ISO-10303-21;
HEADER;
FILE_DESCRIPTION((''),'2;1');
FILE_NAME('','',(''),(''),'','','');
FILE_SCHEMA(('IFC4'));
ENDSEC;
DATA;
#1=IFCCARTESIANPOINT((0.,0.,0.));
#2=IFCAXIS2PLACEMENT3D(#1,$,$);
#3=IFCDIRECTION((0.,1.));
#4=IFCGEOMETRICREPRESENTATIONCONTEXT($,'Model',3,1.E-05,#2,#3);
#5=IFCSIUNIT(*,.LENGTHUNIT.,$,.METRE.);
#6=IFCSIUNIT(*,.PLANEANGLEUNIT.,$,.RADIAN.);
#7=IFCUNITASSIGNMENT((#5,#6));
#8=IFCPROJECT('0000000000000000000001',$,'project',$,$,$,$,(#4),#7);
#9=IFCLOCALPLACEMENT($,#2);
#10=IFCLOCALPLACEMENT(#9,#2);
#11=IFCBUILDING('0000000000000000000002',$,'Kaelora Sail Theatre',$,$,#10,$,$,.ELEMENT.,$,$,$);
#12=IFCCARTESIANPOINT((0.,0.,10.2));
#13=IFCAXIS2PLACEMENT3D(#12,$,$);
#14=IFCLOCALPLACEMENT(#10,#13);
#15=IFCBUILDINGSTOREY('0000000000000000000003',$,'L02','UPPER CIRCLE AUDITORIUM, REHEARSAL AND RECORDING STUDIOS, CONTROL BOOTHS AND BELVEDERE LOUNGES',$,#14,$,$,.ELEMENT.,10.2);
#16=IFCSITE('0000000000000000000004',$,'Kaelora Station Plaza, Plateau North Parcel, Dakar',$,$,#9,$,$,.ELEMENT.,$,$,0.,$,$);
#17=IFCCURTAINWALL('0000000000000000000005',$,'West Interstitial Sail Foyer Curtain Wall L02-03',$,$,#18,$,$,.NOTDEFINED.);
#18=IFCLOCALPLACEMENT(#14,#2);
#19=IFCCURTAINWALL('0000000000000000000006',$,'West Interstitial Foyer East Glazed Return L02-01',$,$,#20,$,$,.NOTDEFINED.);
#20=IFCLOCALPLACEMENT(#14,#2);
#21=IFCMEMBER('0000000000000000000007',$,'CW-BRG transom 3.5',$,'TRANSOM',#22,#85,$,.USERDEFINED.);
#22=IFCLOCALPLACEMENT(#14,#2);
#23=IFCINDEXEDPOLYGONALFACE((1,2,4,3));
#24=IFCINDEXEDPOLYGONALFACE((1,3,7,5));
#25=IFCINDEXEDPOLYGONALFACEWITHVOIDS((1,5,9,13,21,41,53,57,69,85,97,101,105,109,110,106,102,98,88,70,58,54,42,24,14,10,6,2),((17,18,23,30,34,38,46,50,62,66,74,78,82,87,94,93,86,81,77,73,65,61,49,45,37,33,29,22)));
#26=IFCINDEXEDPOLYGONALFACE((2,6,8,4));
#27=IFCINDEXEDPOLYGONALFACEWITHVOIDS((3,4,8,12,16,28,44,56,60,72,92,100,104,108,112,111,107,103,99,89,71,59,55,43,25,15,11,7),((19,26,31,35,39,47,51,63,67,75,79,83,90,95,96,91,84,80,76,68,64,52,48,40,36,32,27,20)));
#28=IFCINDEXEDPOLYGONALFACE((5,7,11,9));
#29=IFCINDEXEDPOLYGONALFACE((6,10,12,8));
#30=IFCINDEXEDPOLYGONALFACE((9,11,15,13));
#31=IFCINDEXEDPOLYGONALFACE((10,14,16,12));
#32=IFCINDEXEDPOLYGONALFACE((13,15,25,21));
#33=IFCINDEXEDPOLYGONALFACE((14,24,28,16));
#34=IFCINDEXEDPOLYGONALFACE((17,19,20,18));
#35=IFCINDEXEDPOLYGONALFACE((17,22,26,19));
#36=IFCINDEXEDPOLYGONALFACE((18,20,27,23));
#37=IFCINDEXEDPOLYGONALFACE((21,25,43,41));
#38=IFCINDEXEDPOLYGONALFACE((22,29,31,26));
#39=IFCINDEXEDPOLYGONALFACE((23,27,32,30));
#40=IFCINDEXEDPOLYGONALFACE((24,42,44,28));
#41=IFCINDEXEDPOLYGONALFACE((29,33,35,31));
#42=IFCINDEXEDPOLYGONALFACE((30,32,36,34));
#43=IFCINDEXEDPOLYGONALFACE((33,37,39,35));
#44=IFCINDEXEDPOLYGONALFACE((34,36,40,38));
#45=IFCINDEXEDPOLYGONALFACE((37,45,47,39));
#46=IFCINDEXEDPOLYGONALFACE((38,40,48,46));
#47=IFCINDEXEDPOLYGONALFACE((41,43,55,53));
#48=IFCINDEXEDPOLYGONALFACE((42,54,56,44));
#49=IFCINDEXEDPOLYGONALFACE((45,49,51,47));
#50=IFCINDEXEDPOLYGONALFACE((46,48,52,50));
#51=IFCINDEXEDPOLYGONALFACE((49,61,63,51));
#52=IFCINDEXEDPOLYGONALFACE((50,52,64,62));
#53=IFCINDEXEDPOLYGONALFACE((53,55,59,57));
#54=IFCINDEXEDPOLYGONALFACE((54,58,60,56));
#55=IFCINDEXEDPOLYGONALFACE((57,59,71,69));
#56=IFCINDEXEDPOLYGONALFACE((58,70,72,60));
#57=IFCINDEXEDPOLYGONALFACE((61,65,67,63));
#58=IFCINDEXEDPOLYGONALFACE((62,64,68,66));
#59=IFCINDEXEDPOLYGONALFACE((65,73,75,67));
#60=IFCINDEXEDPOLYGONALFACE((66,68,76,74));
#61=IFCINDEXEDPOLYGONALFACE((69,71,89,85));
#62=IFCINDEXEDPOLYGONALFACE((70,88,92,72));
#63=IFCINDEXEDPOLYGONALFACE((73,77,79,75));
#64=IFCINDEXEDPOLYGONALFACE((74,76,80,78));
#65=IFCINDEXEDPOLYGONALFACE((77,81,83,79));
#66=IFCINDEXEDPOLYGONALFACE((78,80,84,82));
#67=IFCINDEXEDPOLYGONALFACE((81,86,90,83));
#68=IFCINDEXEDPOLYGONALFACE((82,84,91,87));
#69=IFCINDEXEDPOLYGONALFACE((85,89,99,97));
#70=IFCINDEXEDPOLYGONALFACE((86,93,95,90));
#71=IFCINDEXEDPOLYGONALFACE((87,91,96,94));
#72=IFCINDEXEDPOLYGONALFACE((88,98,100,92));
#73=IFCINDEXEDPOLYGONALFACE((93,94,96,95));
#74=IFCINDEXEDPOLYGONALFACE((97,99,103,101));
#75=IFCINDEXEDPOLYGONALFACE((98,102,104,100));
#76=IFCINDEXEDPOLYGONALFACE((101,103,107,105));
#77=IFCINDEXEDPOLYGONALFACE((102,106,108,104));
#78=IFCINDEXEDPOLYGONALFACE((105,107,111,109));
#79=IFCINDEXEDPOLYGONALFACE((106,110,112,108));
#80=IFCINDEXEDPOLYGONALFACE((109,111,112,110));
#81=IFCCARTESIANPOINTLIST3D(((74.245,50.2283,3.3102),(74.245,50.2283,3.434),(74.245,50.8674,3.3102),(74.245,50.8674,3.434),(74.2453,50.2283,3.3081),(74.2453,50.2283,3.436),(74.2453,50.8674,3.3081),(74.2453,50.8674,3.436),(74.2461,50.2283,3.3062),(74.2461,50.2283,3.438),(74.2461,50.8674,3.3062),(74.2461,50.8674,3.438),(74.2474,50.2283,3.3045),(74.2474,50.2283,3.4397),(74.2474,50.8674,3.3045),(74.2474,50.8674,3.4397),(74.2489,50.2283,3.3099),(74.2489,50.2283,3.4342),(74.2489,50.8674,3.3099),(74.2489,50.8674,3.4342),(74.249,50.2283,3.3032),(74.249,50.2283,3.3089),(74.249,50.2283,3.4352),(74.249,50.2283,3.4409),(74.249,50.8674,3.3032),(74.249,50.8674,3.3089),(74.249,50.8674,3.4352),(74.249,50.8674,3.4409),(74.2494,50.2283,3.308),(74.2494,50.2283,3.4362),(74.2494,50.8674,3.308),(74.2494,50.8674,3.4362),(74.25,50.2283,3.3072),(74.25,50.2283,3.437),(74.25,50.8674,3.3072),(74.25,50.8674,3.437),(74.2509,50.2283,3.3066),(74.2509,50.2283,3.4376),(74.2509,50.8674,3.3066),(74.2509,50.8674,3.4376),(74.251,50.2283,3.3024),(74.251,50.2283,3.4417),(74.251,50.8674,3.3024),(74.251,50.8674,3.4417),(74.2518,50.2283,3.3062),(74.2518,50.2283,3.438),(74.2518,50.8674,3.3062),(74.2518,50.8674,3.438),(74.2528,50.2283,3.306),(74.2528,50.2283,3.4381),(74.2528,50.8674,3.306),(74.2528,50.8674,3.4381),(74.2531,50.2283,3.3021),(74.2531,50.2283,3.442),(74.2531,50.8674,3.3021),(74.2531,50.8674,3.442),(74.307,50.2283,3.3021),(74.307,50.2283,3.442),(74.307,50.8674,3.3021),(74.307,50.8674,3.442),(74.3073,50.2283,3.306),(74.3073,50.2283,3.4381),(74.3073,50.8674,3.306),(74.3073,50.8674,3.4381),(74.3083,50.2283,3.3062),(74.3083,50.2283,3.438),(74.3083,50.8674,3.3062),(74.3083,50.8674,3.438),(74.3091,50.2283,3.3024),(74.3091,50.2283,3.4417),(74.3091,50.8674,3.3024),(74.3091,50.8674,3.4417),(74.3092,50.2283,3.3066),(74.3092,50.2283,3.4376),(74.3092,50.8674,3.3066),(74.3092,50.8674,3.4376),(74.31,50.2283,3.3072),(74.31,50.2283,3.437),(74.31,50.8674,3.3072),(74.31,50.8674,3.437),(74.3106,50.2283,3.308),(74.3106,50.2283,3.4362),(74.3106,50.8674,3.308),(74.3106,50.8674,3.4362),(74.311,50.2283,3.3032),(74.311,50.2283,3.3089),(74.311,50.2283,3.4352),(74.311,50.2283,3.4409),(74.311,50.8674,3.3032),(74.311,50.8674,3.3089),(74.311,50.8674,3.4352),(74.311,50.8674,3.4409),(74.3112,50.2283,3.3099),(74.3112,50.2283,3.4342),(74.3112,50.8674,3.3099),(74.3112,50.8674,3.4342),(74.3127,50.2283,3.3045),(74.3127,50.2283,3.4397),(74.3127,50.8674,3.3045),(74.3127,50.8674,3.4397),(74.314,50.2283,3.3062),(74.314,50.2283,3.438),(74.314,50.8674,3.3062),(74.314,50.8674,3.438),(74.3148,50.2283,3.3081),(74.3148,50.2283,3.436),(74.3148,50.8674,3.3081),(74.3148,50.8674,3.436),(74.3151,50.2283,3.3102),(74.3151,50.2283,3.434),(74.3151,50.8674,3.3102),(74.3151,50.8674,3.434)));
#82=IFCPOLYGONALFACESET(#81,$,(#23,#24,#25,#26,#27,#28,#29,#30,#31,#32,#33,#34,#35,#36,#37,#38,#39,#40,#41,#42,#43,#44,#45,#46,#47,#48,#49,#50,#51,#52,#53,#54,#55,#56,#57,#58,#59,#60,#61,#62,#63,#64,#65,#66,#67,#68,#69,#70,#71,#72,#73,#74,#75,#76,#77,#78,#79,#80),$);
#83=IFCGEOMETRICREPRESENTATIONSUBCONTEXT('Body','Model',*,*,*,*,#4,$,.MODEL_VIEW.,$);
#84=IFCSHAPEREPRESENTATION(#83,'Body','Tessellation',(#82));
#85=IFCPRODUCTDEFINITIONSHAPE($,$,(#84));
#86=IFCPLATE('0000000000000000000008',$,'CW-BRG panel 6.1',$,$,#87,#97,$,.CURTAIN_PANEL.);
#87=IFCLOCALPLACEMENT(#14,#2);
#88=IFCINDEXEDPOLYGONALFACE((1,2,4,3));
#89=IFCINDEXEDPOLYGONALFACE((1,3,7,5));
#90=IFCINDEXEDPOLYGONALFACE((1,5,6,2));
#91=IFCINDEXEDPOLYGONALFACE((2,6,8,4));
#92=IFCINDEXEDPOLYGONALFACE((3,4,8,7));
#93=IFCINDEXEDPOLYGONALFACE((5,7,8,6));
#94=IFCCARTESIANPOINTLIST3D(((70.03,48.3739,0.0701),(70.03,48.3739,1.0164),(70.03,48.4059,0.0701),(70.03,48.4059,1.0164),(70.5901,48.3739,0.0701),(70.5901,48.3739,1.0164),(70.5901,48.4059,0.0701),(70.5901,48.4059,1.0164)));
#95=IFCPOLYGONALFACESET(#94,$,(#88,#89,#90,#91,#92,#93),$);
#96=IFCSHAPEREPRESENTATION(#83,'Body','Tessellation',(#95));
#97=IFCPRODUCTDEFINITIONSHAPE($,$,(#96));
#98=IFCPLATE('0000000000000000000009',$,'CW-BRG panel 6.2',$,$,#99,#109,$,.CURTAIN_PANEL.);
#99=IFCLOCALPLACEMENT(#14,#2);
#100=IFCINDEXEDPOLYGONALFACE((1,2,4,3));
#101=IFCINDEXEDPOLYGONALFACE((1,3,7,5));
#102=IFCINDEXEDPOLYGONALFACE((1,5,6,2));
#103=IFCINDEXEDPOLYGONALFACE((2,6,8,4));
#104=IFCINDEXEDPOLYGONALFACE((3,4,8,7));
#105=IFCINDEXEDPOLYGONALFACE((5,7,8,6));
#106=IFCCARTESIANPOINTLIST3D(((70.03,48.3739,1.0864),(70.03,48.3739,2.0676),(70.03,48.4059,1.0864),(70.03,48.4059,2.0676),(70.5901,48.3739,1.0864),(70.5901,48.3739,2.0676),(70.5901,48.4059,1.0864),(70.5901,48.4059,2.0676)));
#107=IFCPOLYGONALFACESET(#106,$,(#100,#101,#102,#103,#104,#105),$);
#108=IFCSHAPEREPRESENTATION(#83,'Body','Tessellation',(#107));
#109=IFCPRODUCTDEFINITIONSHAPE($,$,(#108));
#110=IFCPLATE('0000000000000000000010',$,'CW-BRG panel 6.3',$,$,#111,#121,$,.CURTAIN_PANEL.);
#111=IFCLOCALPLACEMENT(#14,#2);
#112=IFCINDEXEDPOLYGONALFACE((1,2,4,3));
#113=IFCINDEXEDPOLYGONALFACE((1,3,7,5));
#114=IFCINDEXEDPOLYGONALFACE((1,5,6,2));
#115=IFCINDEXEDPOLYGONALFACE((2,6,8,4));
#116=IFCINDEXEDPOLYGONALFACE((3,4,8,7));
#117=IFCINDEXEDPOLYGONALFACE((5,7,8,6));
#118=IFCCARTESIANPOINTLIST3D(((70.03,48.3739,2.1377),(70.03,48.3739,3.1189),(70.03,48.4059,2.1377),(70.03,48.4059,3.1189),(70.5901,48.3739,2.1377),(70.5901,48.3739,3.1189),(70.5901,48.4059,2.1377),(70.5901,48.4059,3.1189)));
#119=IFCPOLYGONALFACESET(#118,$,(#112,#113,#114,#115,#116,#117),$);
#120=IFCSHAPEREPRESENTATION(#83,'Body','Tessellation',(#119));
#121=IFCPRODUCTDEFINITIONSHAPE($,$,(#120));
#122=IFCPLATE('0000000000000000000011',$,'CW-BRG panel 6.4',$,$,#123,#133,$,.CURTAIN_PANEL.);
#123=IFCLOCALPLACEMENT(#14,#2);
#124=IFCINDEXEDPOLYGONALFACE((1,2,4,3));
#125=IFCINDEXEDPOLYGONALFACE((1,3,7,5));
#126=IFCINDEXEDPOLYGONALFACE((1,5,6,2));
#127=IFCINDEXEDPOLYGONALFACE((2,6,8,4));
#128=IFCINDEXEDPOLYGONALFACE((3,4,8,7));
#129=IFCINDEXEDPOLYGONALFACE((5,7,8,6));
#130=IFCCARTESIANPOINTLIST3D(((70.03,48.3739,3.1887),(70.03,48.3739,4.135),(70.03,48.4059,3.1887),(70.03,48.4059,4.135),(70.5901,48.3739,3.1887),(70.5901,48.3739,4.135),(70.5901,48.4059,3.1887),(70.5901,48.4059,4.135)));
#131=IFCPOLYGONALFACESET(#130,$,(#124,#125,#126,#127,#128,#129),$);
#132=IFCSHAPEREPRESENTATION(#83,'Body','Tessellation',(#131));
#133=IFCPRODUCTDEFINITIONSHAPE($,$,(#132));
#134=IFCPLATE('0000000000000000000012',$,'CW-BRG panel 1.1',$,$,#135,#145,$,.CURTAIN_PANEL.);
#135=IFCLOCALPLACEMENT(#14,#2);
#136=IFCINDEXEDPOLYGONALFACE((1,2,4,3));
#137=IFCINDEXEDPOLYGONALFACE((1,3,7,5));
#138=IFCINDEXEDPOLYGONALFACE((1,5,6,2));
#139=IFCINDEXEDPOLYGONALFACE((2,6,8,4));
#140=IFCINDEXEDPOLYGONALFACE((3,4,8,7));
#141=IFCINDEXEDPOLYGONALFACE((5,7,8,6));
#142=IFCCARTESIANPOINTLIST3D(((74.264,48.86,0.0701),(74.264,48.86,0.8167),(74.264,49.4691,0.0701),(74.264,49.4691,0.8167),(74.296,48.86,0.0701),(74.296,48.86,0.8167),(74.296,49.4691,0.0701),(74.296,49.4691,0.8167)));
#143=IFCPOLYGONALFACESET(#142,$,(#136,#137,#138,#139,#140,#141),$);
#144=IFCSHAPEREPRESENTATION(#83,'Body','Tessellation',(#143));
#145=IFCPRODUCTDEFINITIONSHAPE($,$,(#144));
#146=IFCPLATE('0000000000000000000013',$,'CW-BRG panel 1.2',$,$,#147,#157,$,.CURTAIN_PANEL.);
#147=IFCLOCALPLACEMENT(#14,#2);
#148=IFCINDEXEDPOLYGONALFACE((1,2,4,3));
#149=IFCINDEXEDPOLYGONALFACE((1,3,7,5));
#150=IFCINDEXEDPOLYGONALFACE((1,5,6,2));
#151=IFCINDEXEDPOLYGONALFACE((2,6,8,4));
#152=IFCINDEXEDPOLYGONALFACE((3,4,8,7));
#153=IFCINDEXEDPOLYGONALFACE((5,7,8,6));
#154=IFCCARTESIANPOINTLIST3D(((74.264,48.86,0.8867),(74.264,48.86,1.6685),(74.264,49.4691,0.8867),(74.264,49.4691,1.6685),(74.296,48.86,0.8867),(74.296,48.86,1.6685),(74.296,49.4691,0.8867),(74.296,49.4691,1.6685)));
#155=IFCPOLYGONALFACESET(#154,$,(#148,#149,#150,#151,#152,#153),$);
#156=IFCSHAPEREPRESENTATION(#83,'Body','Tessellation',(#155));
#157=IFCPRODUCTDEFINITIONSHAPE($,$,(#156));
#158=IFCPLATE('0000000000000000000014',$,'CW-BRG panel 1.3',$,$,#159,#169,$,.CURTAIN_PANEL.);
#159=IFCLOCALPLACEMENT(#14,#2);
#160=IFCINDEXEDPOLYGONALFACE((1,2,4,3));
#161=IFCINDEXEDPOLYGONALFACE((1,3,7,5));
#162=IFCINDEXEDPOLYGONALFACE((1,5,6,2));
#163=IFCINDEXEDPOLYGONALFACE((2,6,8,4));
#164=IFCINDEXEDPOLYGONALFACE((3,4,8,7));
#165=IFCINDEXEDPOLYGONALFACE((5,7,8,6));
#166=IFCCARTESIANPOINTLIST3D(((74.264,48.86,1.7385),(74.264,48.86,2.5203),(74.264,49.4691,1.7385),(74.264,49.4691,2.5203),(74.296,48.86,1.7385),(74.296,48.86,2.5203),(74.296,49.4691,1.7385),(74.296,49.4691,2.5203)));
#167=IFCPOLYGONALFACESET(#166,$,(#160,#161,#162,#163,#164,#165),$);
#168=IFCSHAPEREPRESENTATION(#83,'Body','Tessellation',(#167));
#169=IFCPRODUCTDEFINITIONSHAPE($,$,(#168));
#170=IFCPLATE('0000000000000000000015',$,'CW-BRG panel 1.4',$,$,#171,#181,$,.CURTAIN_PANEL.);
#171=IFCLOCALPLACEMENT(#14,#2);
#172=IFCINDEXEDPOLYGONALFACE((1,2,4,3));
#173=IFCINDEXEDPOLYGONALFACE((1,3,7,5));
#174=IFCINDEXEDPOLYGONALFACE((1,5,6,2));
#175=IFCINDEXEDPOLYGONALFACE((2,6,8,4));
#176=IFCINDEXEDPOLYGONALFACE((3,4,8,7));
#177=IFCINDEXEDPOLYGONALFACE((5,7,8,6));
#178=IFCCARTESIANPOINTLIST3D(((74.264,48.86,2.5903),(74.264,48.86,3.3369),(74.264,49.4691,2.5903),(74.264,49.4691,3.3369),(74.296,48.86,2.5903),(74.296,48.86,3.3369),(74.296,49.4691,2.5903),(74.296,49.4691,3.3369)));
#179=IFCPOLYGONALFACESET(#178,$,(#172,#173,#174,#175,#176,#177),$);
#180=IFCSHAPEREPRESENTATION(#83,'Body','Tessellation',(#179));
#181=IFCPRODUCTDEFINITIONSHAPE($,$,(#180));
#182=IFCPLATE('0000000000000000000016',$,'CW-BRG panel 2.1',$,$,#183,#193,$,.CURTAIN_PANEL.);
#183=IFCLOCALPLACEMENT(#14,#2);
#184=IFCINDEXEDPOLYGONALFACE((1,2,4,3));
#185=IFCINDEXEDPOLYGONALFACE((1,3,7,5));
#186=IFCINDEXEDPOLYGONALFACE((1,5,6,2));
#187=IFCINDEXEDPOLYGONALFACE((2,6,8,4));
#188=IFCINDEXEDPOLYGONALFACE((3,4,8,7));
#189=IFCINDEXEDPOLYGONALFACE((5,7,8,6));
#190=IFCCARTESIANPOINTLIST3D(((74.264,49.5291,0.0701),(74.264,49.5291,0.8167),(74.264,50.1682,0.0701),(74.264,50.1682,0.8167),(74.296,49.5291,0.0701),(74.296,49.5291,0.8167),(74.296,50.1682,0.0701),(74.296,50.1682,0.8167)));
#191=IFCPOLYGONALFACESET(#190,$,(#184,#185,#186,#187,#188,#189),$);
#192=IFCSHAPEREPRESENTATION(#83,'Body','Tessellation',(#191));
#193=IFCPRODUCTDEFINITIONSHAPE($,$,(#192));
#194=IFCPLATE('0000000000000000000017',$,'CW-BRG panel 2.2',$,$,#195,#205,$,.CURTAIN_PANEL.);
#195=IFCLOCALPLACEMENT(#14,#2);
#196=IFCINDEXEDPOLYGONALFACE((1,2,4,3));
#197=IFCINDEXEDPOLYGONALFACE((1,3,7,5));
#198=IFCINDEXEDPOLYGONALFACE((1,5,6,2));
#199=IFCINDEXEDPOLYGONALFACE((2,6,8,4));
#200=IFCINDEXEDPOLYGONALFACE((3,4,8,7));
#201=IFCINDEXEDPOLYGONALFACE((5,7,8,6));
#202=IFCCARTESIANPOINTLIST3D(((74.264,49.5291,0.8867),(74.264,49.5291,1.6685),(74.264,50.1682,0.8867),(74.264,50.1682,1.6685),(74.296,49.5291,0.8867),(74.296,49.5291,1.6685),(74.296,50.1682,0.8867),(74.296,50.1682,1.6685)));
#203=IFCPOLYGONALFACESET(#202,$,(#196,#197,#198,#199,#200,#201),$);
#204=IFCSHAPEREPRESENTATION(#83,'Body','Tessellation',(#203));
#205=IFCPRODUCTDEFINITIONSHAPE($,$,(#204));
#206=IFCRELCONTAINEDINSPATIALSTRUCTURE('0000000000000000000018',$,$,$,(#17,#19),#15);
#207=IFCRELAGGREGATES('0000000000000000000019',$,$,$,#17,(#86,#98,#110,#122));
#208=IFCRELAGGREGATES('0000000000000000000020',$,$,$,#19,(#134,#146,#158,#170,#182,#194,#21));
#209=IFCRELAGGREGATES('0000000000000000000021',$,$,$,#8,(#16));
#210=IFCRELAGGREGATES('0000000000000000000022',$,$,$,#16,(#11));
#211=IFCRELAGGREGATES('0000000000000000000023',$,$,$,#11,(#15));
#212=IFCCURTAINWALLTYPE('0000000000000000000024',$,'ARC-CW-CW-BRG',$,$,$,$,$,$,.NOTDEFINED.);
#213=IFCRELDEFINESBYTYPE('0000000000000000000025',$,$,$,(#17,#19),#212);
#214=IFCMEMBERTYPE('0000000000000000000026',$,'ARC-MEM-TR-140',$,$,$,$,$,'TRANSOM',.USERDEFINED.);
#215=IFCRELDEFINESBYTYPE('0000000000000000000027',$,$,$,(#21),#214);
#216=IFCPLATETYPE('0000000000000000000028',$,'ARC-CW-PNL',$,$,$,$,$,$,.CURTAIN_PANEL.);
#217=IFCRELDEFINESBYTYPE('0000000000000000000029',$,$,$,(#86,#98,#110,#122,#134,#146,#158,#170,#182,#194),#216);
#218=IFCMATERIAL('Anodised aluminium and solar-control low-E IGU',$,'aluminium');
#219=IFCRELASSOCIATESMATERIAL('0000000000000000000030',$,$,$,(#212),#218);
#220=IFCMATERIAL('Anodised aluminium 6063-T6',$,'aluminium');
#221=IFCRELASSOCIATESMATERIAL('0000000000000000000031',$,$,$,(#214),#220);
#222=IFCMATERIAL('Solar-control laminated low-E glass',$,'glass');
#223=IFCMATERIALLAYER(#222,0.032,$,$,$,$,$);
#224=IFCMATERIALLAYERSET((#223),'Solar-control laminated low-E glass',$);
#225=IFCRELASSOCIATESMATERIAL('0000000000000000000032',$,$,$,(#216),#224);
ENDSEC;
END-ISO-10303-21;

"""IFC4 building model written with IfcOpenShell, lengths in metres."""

from ifc_helpers import new_model, si_unit, direction, frame, origin, origin_2d, place, context, subcontext, project, spatial, rectangle, hollow_rectangle, extrude, material, layer, layer_set, material_profile, profile_set, type_object, element, aggregate, save


model = new_model("IFC4")

# Units and contexts
model_context = context("Model", 3, precision=1e-05, world=origin(), true_north=direction((0.0, 1.0)))
body_context = subcontext(model_context, "Body", "Model", "MODEL_VIEW")
ifc_project = project(units=[si_unit("LENGTHUNIT", "METRE"), si_unit("PLANEANGLEUNIT", "RADIAN")], contexts=[model_context])

# Site, building, storey
site_placement = place(None, origin())
site = spatial("IfcSite", under=ifc_project, at=site_placement, Name="Kaelora Station Plaza, Plateau North Parcel, Dakar", CompositionType="ELEMENT", RefElevation=0.0)
building_placement = place(site_placement, origin())
building = spatial("IfcBuilding", under=site, at=building_placement, Name="Kaelora Sail Theatre", CompositionType="ELEMENT")
storey_placement = place(building_placement, frame((0.0, 0.0, 10.2)))
storey = spatial("IfcBuildingStorey", under=building, at=storey_placement, Name="L02", Description="UPPER CIRCLE AUDITORIUM, REHEARSAL AND RECORDING STUDIOS, CONTROL BOOTHS AND BELVEDERE LOUNGES", CompositionType="ELEMENT", Elevation=10.2)

# Curtain wall
ifc_material_1 = material(Name="Anodised aluminium and solar-control low-E IGU", Category="aluminium")
curtain_wall_type = type_object("IfcCurtainWallType", Name="ARC-CW-CW-BRG", PredefinedType="NOTDEFINED", material=ifc_material_1)
curtain_wall_1_placement = place(storey_placement, origin())
curtain_wall_1 = element("IfcCurtainWall", 1, at=curtain_wall_1_placement, inside=storey, type_object=curtain_wall_type, Name="West Interstitial Sail Foyer Curtain Wall L02-03", PredefinedType="NOTDEFINED")

# Curtain wall
curtain_wall_2_placement = place(storey_placement, origin())
curtain_wall_2 = element("IfcCurtainWall", 2, at=curtain_wall_2_placement, inside=storey, type_object=curtain_wall_type, Name="West Interstitial Foyer East Glazed Return L02-01", PredefinedType="NOTDEFINED")

# Member
ifc_material_2 = material(Name="Anodised aluminium 6063-T6", Category="aluminium")
ifc_material_profile_1 = material_profile(ifc_material_2, hollow_rectangle(XDim=0.0701, YDim=0.1399, WallThickness=0.0039, InnerFilletRadius=0.0039, OuterFilletRadius=0.0081, at=origin_2d()), Name="ALU-TRAN 70x140x4")
ifc_profile_set_1 = profile_set([ifc_material_profile_1], Name="Anodised aluminium 6063-T6")
member_type_1 = type_object("IfcMemberType", Name="ARC-MEM-TR-140", ElementType="TRANSOM", PredefinedType="USERDEFINED", material=ifc_profile_set_1)
member_1_placement = place(storey_placement, frame((74.28, 50.2283, 3.3721), z_axis=(0.0, 1.0, 0.0), x_axis=(-1.0, 0.0, 0.0)))
member_1 = element("IfcMember", 3, at=member_1_placement, type_object=member_type_1, Name="CW-BRG transom 3.5", ObjectType="TRANSOM", PredefinedType="USERDEFINED", context=body_context, shape_type="SweptSolid", body=[
    extrude(hollow_rectangle(XDim=0.0701, YDim=0.1399, WallThickness=0.0039, InnerFilletRadius=0.0039, OuterFilletRadius=0.0081, at=origin_2d()), origin(), (0.0, 0.0, 1.0), 0.6392),
])

# Plates
ifc_material_3 = material(Name="Solar-control laminated low-E glass", Category="glass")
ifc_layer_1 = layer(ifc_material_3, 0.032)
ifc_layer_set_1 = layer_set([ifc_layer_1], Name="Solar-control laminated low-E glass")
plate_type = type_object("IfcPlateType", Name="ARC-CW-PNL", PredefinedType="CURTAIN_PANEL", material=ifc_layer_set_1)
plate_1_placement = place(storey_placement, frame((70.3101, 48.3899, 0.0701), z_axis=(0.0, 0.0, 1.0), x_axis=(1.0, 0.0, 0.0)))
plate_1 = element("IfcPlate", 4, at=plate_1_placement, type_object=plate_type, Name="CW-BRG panel 6.1", PredefinedType="CURTAIN_PANEL", context=body_context, shape_type="SweptSolid", body=[
    extrude(rectangle(XDim=0.5601, YDim=0.032, at=origin_2d()), origin(), (0.0, 0.0, 1.0), 0.9463),
])
plate_2_placement = place(storey_placement, frame((70.3101, 48.3899, 1.0864), z_axis=(0.0, 0.0, 1.0), x_axis=(1.0, 0.0, 0.0)))
plate_2 = element("IfcPlate", 5, at=plate_2_placement, type_object=plate_type, Name="CW-BRG panel 6.2", PredefinedType="CURTAIN_PANEL", context=body_context, shape_type="SweptSolid", body=[
    extrude(rectangle(XDim=0.5601, YDim=0.032, at=origin_2d()), origin(), (0.0, 0.0, 1.0), 0.9812),
])
plate_3_placement = place(storey_placement, frame((70.3101, 48.3899, 2.1377), z_axis=(0.0, 0.0, 1.0), x_axis=(1.0, 0.0, 0.0)))
plate_3 = element("IfcPlate", 6, at=plate_3_placement, type_object=plate_type, Name="CW-BRG panel 6.3", PredefinedType="CURTAIN_PANEL", context=body_context, shape_type="SweptSolid", body=[
    extrude(rectangle(XDim=0.5601, YDim=0.032, at=origin_2d()), origin(), (0.0, 0.0, 1.0), 0.9812),
])
plate_4_placement = place(storey_placement, frame((70.3101, 48.3899, 3.1887), z_axis=(0.0, 0.0, 1.0), x_axis=(1.0, 0.0, 0.0)))
plate_4 = element("IfcPlate", 7, at=plate_4_placement, type_object=plate_type, Name="CW-BRG panel 6.4", PredefinedType="CURTAIN_PANEL", context=body_context, shape_type="SweptSolid", body=[
    extrude(rectangle(XDim=0.5601, YDim=0.032, at=origin_2d()), origin(), (0.0, 0.0, 1.0), 0.9463),
])
aggregate(curtain_wall_1, [plate_1, plate_2, plate_3, plate_4])
plate_5_placement = place(storey_placement, frame((74.28, 49.1646, 0.0701), z_axis=(0.0, 0.0, 1.0), x_axis=(0.0, 1.0, 0.0)))
plate_5 = element("IfcPlate", 8, at=plate_5_placement, type_object=plate_type, Name="CW-BRG panel 1.1", PredefinedType="CURTAIN_PANEL", context=body_context, shape_type="SweptSolid", body=[
    extrude(rectangle(XDim=0.6091, YDim=0.032, at=origin_2d()), origin(), (0.0, 0.0, 1.0), 0.7466),
])
plate_6_placement = place(storey_placement, frame((74.28, 49.1646, 0.8867), z_axis=(0.0, 0.0, 1.0), x_axis=(0.0, 1.0, 0.0)))
plate_6 = element("IfcPlate", 9, at=plate_6_placement, type_object=plate_type, Name="CW-BRG panel 1.2", PredefinedType="CURTAIN_PANEL", context=body_context, shape_type="SweptSolid", body=[
    extrude(rectangle(XDim=0.6091, YDim=0.032, at=origin_2d()), origin(), (0.0, 0.0, 1.0), 0.7817),
])
plate_7_placement = place(storey_placement, frame((74.28, 49.1646, 1.7385), z_axis=(0.0, 0.0, 1.0), x_axis=(0.0, 1.0, 0.0)))
plate_7 = element("IfcPlate", 10, at=plate_7_placement, type_object=plate_type, Name="CW-BRG panel 1.3", PredefinedType="CURTAIN_PANEL", context=body_context, shape_type="SweptSolid", body=[
    extrude(rectangle(XDim=0.6091, YDim=0.032, at=origin_2d()), origin(), (0.0, 0.0, 1.0), 0.7817),
])
plate_8_placement = place(storey_placement, frame((74.28, 49.1646, 2.5903), z_axis=(0.0, 0.0, 1.0), x_axis=(0.0, 1.0, 0.0)))
plate_8 = element("IfcPlate", 11, at=plate_8_placement, type_object=plate_type, Name="CW-BRG panel 1.4", PredefinedType="CURTAIN_PANEL", context=body_context, shape_type="SweptSolid", body=[
    extrude(rectangle(XDim=0.6091, YDim=0.032, at=origin_2d()), origin(), (0.0, 0.0, 1.0), 0.7466),
])
plate_9_placement = place(storey_placement, frame((74.28, 49.8486, 0.0701), z_axis=(0.0, 0.0, 1.0), x_axis=(0.0, 1.0, 0.0)))
plate_9 = element("IfcPlate", 12, at=plate_9_placement, type_object=plate_type, Name="CW-BRG panel 2.1", PredefinedType="CURTAIN_PANEL", context=body_context, shape_type="SweptSolid", body=[
    extrude(rectangle(XDim=0.6392, YDim=0.032, at=origin_2d()), origin(), (0.0, 0.0, 1.0), 0.7466),
])
plate_10_placement = place(storey_placement, frame((74.28, 49.8486, 0.8867), z_axis=(0.0, 0.0, 1.0), x_axis=(0.0, 1.0, 0.0)))
plate_10 = element("IfcPlate", 13, at=plate_10_placement, type_object=plate_type, Name="CW-BRG panel 2.2", PredefinedType="CURTAIN_PANEL", context=body_context, shape_type="SweptSolid", body=[
    extrude(rectangle(XDim=0.6392, YDim=0.032, at=origin_2d()), origin(), (0.0, 0.0, 1.0), 0.7817),
])
aggregate(curtain_wall_2, [plate_5, plate_6, plate_7, plate_8, plate_9, plate_10, member_1])

save(model, "model.ifc")
